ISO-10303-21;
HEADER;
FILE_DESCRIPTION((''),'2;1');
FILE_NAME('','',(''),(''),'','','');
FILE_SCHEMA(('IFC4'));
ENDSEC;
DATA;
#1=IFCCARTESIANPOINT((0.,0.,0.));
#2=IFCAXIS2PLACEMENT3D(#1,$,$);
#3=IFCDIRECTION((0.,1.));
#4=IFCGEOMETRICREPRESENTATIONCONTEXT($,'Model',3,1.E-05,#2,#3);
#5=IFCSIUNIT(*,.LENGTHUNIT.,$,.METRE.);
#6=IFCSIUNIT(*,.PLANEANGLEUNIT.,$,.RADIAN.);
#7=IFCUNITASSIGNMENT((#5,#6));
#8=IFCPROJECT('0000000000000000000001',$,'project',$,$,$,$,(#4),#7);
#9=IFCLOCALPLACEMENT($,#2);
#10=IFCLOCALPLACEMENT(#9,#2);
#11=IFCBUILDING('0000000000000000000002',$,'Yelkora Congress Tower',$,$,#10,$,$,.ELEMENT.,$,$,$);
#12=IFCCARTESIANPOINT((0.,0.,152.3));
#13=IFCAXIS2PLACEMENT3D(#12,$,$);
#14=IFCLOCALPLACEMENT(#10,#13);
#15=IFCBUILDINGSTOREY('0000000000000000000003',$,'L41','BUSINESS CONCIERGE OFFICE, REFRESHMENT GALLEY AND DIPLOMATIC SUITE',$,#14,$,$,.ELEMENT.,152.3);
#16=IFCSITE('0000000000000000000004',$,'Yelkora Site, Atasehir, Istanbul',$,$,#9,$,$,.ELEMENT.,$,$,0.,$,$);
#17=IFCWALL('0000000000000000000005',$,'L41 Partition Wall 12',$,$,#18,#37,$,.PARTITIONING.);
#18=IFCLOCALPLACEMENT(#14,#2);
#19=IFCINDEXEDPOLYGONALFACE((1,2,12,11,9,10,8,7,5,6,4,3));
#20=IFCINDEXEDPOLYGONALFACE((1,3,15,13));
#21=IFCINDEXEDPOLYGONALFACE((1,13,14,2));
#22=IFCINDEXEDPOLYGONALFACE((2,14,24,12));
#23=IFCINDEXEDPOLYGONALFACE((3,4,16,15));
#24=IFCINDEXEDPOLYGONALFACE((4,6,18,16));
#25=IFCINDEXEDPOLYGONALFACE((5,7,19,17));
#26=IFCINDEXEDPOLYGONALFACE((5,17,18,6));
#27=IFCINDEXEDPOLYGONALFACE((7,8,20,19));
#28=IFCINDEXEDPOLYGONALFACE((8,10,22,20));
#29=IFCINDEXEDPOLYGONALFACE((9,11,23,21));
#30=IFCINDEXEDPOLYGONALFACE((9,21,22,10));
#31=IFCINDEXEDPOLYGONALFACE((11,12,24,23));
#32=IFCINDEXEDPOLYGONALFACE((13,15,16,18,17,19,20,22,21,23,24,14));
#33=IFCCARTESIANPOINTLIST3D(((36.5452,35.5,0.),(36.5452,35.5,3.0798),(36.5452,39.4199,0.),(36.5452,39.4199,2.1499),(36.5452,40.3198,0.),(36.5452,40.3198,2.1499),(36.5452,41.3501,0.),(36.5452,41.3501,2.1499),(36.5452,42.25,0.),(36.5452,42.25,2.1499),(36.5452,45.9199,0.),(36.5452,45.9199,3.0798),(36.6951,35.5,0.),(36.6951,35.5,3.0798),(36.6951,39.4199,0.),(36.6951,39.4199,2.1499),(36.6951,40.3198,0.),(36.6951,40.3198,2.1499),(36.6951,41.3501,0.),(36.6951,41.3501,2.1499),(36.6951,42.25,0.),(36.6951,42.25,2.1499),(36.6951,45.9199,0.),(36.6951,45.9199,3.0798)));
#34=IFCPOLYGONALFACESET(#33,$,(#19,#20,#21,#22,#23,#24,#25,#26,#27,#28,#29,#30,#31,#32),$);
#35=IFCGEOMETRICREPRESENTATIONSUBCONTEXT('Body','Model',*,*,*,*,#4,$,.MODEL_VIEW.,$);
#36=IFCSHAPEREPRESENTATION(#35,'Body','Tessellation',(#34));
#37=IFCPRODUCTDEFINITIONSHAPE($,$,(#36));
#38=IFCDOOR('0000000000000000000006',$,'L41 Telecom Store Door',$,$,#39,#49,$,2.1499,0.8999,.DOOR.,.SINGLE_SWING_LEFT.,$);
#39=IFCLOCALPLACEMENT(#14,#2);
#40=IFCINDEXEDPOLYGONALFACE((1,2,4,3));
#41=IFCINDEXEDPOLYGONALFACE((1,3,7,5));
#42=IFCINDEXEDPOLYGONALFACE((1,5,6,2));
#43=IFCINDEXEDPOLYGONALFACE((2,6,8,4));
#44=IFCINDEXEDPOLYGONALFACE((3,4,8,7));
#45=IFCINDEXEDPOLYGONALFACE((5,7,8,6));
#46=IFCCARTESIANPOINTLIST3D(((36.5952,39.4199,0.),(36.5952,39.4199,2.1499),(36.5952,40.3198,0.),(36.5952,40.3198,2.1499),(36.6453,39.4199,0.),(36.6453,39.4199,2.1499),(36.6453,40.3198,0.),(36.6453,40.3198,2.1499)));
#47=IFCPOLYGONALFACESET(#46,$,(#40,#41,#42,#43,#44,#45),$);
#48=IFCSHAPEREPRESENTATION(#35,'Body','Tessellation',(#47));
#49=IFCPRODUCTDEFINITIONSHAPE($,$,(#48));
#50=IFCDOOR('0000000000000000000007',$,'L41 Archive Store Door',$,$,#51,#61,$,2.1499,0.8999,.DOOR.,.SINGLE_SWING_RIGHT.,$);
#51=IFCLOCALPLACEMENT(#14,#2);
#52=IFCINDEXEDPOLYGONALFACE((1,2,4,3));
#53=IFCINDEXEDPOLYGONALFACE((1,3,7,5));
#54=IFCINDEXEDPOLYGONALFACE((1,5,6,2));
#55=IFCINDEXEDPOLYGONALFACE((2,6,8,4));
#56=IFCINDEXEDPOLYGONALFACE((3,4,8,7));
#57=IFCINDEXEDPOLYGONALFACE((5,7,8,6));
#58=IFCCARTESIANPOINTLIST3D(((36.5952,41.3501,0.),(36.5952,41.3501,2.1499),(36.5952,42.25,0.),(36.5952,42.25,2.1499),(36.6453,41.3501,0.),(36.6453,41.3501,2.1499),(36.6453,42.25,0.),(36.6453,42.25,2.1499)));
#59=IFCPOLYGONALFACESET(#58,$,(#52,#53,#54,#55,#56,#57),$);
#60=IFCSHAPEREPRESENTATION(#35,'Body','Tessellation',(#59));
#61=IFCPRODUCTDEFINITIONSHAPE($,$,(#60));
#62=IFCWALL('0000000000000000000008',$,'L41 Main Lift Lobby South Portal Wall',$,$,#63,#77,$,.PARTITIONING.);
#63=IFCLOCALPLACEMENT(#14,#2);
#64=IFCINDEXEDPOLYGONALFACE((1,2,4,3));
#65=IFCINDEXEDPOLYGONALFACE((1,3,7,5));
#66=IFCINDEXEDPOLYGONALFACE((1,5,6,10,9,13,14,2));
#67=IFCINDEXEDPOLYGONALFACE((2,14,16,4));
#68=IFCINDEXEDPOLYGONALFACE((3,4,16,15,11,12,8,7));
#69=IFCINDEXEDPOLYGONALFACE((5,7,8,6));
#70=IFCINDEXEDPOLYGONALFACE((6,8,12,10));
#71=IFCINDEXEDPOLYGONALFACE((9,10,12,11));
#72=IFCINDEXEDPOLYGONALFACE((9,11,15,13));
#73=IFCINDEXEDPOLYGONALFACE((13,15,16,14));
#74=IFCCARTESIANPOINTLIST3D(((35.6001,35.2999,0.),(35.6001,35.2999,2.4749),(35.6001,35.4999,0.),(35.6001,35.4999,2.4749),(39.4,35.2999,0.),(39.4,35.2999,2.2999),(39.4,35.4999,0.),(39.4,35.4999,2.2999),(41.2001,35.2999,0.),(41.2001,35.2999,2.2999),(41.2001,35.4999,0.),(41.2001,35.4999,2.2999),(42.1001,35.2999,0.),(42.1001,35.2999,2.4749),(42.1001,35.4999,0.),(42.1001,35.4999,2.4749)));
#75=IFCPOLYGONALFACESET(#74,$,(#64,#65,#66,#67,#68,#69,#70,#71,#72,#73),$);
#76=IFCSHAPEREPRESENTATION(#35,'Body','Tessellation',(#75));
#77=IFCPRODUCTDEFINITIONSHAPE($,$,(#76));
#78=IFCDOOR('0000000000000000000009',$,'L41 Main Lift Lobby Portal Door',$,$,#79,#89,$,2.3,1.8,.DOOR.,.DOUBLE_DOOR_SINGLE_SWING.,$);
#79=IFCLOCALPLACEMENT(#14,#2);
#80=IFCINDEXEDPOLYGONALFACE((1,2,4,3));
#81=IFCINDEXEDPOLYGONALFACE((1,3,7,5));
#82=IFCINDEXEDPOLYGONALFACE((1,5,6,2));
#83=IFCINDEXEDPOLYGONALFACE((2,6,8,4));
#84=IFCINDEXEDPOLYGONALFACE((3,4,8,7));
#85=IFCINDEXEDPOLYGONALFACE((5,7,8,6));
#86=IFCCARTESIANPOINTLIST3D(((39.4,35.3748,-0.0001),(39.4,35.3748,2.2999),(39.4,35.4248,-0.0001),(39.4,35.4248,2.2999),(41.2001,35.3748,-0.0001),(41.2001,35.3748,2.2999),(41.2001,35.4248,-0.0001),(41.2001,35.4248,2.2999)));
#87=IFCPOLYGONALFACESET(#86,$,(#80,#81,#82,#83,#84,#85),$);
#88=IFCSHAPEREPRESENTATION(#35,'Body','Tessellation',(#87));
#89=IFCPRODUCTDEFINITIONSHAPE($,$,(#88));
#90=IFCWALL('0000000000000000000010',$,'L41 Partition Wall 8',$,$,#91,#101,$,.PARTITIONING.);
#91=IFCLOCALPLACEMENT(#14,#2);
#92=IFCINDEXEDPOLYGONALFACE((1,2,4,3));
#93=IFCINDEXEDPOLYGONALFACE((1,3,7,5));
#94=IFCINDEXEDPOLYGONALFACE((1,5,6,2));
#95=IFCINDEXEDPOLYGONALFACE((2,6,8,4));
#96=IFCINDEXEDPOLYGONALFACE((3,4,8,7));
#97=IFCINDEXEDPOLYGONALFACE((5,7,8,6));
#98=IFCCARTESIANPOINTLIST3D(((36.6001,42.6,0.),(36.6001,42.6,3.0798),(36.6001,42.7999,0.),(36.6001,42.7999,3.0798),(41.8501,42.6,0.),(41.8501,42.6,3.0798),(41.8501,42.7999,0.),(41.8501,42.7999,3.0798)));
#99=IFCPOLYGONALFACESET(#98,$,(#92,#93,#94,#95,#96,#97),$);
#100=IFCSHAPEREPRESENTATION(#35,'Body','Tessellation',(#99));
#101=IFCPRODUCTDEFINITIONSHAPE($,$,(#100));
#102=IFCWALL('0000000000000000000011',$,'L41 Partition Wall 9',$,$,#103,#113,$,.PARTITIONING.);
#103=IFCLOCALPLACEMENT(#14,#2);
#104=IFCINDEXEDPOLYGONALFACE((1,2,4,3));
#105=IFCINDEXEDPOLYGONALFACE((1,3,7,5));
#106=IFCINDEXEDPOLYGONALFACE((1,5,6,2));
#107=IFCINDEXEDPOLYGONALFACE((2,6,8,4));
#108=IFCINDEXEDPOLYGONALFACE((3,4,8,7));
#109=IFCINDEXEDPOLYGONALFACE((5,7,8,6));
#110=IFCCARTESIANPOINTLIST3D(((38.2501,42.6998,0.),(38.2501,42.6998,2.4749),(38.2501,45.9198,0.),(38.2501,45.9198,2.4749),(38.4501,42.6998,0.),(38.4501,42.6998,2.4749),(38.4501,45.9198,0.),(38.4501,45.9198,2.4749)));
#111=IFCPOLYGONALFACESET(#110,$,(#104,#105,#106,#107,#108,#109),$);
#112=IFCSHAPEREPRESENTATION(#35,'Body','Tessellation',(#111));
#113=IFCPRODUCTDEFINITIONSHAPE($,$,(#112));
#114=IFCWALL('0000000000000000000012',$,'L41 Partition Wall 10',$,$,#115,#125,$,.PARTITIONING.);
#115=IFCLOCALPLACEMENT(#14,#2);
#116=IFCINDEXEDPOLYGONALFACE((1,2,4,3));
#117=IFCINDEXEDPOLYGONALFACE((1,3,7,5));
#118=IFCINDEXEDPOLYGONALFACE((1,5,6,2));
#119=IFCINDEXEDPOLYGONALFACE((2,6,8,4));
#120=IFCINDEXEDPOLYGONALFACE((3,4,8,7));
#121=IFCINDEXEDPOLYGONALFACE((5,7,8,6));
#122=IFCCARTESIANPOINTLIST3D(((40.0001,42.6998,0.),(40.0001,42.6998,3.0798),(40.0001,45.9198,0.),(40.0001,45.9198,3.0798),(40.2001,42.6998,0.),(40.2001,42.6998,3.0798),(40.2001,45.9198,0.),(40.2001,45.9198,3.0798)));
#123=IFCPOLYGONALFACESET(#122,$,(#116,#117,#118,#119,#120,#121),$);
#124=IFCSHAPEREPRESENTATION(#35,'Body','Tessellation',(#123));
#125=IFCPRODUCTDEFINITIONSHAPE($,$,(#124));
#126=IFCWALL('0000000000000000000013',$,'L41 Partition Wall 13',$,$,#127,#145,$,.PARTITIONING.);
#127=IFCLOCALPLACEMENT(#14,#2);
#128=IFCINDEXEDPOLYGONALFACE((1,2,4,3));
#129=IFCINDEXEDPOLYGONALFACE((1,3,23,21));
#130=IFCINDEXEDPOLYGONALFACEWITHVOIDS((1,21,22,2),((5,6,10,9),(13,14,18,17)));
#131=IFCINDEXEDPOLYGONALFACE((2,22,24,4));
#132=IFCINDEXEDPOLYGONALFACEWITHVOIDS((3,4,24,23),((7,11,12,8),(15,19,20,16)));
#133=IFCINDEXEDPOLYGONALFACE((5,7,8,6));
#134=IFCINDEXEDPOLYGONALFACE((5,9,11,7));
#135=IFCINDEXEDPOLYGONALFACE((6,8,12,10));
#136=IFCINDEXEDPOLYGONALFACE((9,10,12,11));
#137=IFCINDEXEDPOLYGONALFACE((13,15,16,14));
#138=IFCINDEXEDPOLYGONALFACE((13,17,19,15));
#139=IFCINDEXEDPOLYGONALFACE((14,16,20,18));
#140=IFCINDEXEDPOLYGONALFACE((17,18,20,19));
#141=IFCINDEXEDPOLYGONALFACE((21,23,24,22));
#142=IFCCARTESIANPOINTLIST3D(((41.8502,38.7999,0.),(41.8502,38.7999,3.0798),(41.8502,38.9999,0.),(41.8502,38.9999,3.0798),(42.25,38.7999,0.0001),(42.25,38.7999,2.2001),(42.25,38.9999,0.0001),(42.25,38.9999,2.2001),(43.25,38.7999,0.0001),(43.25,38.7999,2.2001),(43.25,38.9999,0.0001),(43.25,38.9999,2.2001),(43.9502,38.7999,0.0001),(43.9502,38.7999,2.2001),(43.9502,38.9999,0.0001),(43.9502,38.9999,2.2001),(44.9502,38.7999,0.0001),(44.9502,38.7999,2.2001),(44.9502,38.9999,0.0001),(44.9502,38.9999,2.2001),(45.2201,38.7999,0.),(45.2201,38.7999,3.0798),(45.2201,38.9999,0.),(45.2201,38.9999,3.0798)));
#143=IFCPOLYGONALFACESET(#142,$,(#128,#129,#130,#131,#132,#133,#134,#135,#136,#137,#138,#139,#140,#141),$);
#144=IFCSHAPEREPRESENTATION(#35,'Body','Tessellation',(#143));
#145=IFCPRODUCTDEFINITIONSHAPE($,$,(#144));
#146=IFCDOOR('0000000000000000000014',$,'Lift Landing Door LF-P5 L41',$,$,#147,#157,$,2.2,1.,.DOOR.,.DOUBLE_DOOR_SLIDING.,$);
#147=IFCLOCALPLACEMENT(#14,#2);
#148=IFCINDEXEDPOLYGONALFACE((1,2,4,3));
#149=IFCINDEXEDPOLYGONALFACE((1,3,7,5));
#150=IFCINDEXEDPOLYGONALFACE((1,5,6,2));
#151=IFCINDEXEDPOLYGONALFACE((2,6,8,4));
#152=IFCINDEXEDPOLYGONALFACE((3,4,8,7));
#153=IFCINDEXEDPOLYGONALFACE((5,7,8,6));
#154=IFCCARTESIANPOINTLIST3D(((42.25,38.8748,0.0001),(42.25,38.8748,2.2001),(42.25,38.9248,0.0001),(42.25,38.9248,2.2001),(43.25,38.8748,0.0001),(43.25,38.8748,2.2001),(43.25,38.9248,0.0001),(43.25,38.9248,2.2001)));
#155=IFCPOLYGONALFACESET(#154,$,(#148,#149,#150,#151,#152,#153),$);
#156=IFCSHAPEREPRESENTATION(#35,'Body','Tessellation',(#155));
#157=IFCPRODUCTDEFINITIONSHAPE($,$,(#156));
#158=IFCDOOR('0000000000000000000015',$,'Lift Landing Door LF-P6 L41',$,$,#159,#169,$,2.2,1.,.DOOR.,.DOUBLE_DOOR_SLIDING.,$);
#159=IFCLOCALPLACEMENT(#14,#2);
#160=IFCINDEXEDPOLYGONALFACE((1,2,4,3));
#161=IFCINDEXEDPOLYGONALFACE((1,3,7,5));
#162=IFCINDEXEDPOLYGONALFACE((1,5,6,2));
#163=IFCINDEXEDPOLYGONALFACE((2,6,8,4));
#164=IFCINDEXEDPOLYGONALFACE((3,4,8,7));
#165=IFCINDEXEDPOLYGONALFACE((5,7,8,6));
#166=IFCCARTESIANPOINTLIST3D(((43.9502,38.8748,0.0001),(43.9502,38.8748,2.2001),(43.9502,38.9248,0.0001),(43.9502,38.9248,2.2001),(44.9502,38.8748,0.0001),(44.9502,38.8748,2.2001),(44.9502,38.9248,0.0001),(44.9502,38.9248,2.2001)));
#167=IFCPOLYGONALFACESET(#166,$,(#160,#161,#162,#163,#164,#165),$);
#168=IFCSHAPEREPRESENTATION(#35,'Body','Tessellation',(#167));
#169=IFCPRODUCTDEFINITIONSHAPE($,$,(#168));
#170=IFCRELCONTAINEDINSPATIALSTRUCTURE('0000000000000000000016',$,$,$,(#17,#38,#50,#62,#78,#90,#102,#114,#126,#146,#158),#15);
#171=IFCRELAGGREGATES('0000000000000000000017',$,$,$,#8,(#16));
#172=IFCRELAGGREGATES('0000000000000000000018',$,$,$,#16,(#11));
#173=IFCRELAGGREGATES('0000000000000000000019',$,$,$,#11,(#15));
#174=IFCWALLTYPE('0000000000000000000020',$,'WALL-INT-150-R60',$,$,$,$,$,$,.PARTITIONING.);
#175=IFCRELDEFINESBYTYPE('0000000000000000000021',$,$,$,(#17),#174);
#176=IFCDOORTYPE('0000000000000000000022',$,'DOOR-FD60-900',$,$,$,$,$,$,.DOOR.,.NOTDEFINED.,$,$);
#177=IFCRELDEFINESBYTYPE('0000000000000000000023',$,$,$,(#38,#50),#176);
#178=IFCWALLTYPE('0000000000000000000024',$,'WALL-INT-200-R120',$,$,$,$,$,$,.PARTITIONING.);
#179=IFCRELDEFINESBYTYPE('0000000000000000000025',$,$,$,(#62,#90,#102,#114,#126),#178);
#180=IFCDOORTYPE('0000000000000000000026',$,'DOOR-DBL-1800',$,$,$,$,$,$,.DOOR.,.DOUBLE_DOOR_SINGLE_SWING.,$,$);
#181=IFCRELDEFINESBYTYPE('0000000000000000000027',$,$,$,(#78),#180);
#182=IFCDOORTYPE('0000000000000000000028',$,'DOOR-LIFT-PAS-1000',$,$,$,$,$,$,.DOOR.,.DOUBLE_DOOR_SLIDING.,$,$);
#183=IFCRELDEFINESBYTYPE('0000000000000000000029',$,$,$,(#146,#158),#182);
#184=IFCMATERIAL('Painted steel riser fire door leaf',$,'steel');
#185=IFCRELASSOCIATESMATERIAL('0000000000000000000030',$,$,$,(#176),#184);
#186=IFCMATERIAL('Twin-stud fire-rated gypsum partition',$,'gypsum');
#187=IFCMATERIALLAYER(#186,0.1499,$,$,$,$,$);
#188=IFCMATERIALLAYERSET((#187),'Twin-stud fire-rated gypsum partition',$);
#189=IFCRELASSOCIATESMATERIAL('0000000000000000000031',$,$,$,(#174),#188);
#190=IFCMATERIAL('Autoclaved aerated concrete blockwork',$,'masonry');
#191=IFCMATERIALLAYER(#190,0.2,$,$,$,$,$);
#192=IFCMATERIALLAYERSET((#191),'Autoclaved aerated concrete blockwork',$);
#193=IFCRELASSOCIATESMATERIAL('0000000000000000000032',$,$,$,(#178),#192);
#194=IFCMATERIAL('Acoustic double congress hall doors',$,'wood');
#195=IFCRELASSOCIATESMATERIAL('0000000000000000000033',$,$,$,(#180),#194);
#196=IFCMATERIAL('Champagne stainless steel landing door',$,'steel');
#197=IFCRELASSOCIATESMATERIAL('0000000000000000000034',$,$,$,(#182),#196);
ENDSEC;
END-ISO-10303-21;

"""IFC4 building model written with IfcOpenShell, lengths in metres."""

from ifc_helpers import new_model, si_unit, direction, frame, frame_2d, origin, place, context, subcontext, project, spatial, rectangle, extrude, material, layer, layer_set, type_object, element, fill, save


model = new_model("IFC4")

# Units and contexts
model_context = context("Model", 3, precision=1e-05, world=origin(), true_north=direction((0.0, 1.0)))
body_context = subcontext(model_context, "Body", "Model", "MODEL_VIEW")
ifc_project = project(units=[si_unit("LENGTHUNIT", "METRE"), si_unit("PLANEANGLEUNIT", "RADIAN")], contexts=[model_context])

# Site, building, storey
site_placement = place(None, origin())
site = spatial("IfcSite", under=ifc_project, at=site_placement, Name="Yelkora Site, Atasehir, Istanbul", CompositionType="ELEMENT", RefElevation=0.0)
building_placement = place(site_placement, origin())
building = spatial("IfcBuilding", under=site, at=building_placement, Name="Yelkora Congress Tower", CompositionType="ELEMENT")
storey_placement = place(building_placement, frame((0.0, 0.0, 152.3)))
storey = spatial("IfcBuildingStorey", under=building, at=storey_placement, Name="L41", Description="BUSINESS CONCIERGE OFFICE, REFRESHMENT GALLEY AND DIPLOMATIC SUITE", CompositionType="ELEMENT", Elevation=152.3)

# Shared definitions
ifc_material_1 = material(Name="Painted steel riser fire door leaf", Category="steel")
door_type_1 = type_object("IfcDoorType", Name="DOOR-FD60-900", OperationType="NOTDEFINED", PredefinedType="DOOR", material=ifc_material_1)

# Shared definitions
ifc_material_2 = material(Name="Twin-stud fire-rated gypsum partition", Category="gypsum")
ifc_layer_1 = layer(ifc_material_2, 0.1499)
ifc_layer_set_1 = layer_set([ifc_layer_1], Name="Twin-stud fire-rated gypsum partition")
wall_type_1 = type_object("IfcWallType", Name="WALL-INT-150-R60", PredefinedType="PARTITIONING", material=ifc_layer_set_1)

# Wall, openings, doors
wall_1_placement = place(storey_placement, frame((36.6201, 35.5, 0.0), z_axis=(0.0, 0.0, 1.0), x_axis=(0.0, 1.0, 0.0)))
wall_1 = element("IfcWall", 1, at=wall_1_placement, inside=storey, type_object=wall_type_1, Name="L41 Partition Wall 12", PredefinedType="PARTITIONING", context=body_context, shape_type="SweptSolid", body=[
    extrude(rectangle(XDim=10.4199, YDim=0.1499, at=frame_2d((5.21, 0.0))), origin(), (0.0, 0.0, 1.0), 3.0798),
])
opening_1_placement = place(wall_1_placement, frame((3.9199, 0.0, 0.0)))
opening_1 = element("IfcOpeningElement", 2, at=opening_1_placement, cuts=wall_1, PredefinedType="OPENING", context=body_context, shape_type="SweptSolid", body=[
    extrude(rectangle(XDim=0.8999, YDim=2.1499, at=frame_2d((0.45, 1.075))), frame((0.0, 0.085, 0.0), z_axis=(0.0, -1.0, 0.0), x_axis=(1.0, 0.0, 0.0)), (0.0, 0.0, 1.0), 0.1699),
])
opening_2_placement = place(wall_1_placement, frame((5.8501, 0.0, 0.0)))
opening_2 = element("IfcOpeningElement", 3, at=opening_2_placement, cuts=wall_1, PredefinedType="OPENING", context=body_context, shape_type="SweptSolid", body=[
    extrude(rectangle(XDim=0.8999, YDim=2.1499, at=frame_2d((0.45, 1.075))), frame((0.0, 0.085, 0.0), z_axis=(0.0, -1.0, 0.0), x_axis=(1.0, 0.0, 0.0)), (0.0, 0.0, 1.0), 0.1699),
])
door_1_placement = place(opening_1_placement, origin())
door_1 = element("IfcDoor", 4, at=door_1_placement, inside=storey, type_object=door_type_1, Name="L41 Telecom Store Door", OperationType="SINGLE_SWING_LEFT", OverallHeight=2.1499, OverallWidth=0.8999, PredefinedType="DOOR", context=body_context, shape_type="SweptSolid", body=[
    extrude(rectangle(XDim=0.8999, YDim=2.1499, at=frame_2d((0.45, 1.075))), frame((0.0, 0.0249, 0.0), z_axis=(0.0, -1.0, 0.0), x_axis=(1.0, 0.0, 0.0)), (0.0, 0.0, 1.0), 0.05),
])
fill(opening_1, door_1)
door_2_placement = place(opening_2_placement, origin())
door_2 = element("IfcDoor", 5, at=door_2_placement, inside=storey, type_object=door_type_1, Name="L41 Archive Store Door", OperationType="SINGLE_SWING_RIGHT", OverallHeight=2.1499, OverallWidth=0.8999, PredefinedType="DOOR", context=body_context, shape_type="SweptSolid", body=[
    extrude(rectangle(XDim=0.8999, YDim=2.1499, at=frame_2d((0.45, 1.075))), frame((0.0, 0.0249, 0.0), z_axis=(0.0, -1.0, 0.0), x_axis=(1.0, 0.0, 0.0)), (0.0, 0.0, 1.0), 0.05),
])
fill(opening_2, door_2)

# Wall, opening, door
ifc_material_3 = material(Name="Autoclaved aerated concrete blockwork", Category="masonry")
ifc_layer_2 = layer(ifc_material_3, 0.2)
ifc_layer_set_2 = layer_set([ifc_layer_2], Name="Autoclaved aerated concrete blockwork")
wall_type_2 = type_object("IfcWallType", Name="WALL-INT-200-R120", PredefinedType="PARTITIONING", material=ifc_layer_set_2)
wall_2_placement = place(storey_placement, frame((35.6001, 35.3999, 0.0), z_axis=(0.0, 0.0, 1.0), x_axis=(1.0, 0.0, 0.0)))
wall_2 = element("IfcWall", 6, at=wall_2_placement, inside=storey, type_object=wall_type_2, Name="L41 Main Lift Lobby South Portal Wall", PredefinedType="PARTITIONING", context=body_context, shape_type="SweptSolid", body=[
    extrude(rectangle(XDim=6.5, YDim=0.2, at=frame_2d((3.25, 0.0))), origin(), (0.0, 0.0, 1.0), 2.4749),
])
opening_3_placement = place(wall_2_placement, frame((3.8, 0.0, 0.0)))
opening_3 = element("IfcOpeningElement", 7, at=opening_3_placement, cuts=wall_2, PredefinedType="OPENING", context=body_context, shape_type="SweptSolid", body=[
    extrude(rectangle(XDim=1.8, YDim=2.3, at=frame_2d((0.8999, 1.1499))), frame((0.0, 0.1099, 0.0), z_axis=(0.0, -1.0, 0.0), x_axis=(1.0, 0.0, 0.0)), (0.0, 0.0, 1.0), 0.22),
])
ifc_material_4 = material(Name="Acoustic double congress hall doors", Category="wood")
door_type_2 = type_object("IfcDoorType", Name="DOOR-DBL-1800", OperationType="DOUBLE_DOOR_SINGLE_SWING", PredefinedType="DOOR", material=ifc_material_4)
door_3_placement = place(opening_3_placement, origin())
door_3 = element("IfcDoor", 8, at=door_3_placement, inside=storey, type_object=door_type_2, Name="L41 Main Lift Lobby Portal Door", OperationType="DOUBLE_DOOR_SINGLE_SWING", OverallHeight=2.3, OverallWidth=1.8, PredefinedType="DOOR", context=body_context, shape_type="SweptSolid", body=[
    extrude(rectangle(XDim=1.8, YDim=2.3, at=frame_2d((0.8999, 1.1499))), frame((0.0, 0.0249, 0.0), z_axis=(0.0, -1.0, 0.0), x_axis=(1.0, 0.0, 0.0)), (0.0, 0.0, 1.0), 0.05),
])
fill(opening_3, door_3)

# Walls
wall_3_placement = place(storey_placement, frame((36.6001, 42.7, 0.0), z_axis=(0.0, 0.0, 1.0), x_axis=(1.0, 0.0, 0.0)))
element("IfcWall", 9, at=wall_3_placement, inside=storey, type_object=wall_type_2, Name="L41 Partition Wall 8", PredefinedType="PARTITIONING", context=body_context, shape_type="SweptSolid", body=[
    extrude(rectangle(XDim=5.25, YDim=0.2, at=frame_2d((2.625, 0.0))), origin(), (0.0, 0.0, 1.0), 3.0798),
])
wall_4_placement = place(storey_placement, frame((38.3501, 42.7, 0.0), z_axis=(0.0, 0.0, 1.0), x_axis=(0.0, 1.0, 0.0)))
element("IfcWall", 10, at=wall_4_placement, inside=storey, type_object=wall_type_2, Name="L41 Partition Wall 9", PredefinedType="PARTITIONING", context=body_context, shape_type="SweptSolid", body=[
    extrude(rectangle(XDim=3.22, YDim=0.2, at=frame_2d((1.6099, 0.0))), origin(), (0.0, 0.0, 1.0), 2.4749),
])
wall_5_placement = place(storey_placement, frame((40.1001, 42.7, 0.0), z_axis=(0.0, 0.0, 1.0), x_axis=(0.0, 1.0, 0.0)))
element("IfcWall", 11, at=wall_5_placement, inside=storey, type_object=wall_type_2, Name="L41 Partition Wall 10", PredefinedType="PARTITIONING", context=body_context, shape_type="SweptSolid", body=[
    extrude(rectangle(XDim=3.22, YDim=0.2, at=frame_2d((1.6099, 0.0))), origin(), (0.0, 0.0, 1.0), 3.0798),
])

# Wall, openings, doors
wall_6_placement = place(storey_placement, frame((41.8501, 38.8999, 0.0), z_axis=(0.0, 0.0, 1.0), x_axis=(1.0, 0.0, 0.0)))
wall_6 = element("IfcWall", 12, at=wall_6_placement, inside=storey, type_object=wall_type_2, Name="L41 Partition Wall 13", PredefinedType="PARTITIONING", context=body_context, shape_type="SweptSolid", body=[
    extrude(rectangle(XDim=3.3699, YDim=0.2, at=frame_2d((1.6851, 0.0))), origin(), (0.0, 0.0, 1.0), 3.0798),
])
opening_4_placement = place(wall_6_placement, frame((0.3999, 0.0, 0.0)))
opening_4 = element("IfcOpeningElement", 13, at=opening_4_placement, cuts=wall_6, PredefinedType="OPENING", context=body_context, shape_type="SweptSolid", body=[
    extrude(rectangle(XDim=1.0, YDim=2.2, at=frame_2d((0.5, 1.1001))), frame((0.0, 0.1099, 0.0), z_axis=(0.0, -1.0, 0.0), x_axis=(1.0, 0.0, 0.0)), (0.0, 0.0, 1.0), 0.22),
])
opening_5_placement = place(wall_6_placement, frame((2.1001, 0.0, 0.0)))
opening_5 = element("IfcOpeningElement", 14, at=opening_5_placement, cuts=wall_6, PredefinedType="OPENING", context=body_context, shape_type="SweptSolid", body=[
    extrude(rectangle(XDim=1.0, YDim=2.2, at=frame_2d((0.5, 1.1001))), frame((0.0, 0.1099, 0.0), z_axis=(0.0, -1.0, 0.0), x_axis=(1.0, 0.0, 0.0)), (0.0, 0.0, 1.0), 0.22),
])
ifc_material_5 = material(Name="Champagne stainless steel landing door", Category="steel")
door_type_3 = type_object("IfcDoorType", Name="DOOR-LIFT-PAS-1000", OperationType="DOUBLE_DOOR_SLIDING", PredefinedType="DOOR", material=ifc_material_5)
door_4_placement = place(opening_4_placement, origin())
door_4 = element("IfcDoor", 15, at=door_4_placement, inside=storey, type_object=door_type_3, Name="Lift Landing Door LF-P5 L41", OperationType="DOUBLE_DOOR_SLIDING", OverallHeight=2.2, OverallWidth=1.0, PredefinedType="DOOR", context=body_context, shape_type="SweptSolid", body=[
    extrude(rectangle(XDim=1.0, YDim=2.2, at=frame_2d((0.5, 1.1001))), frame((0.0, 0.0249, 0.0), z_axis=(0.0, -1.0, 0.0), x_axis=(1.0, 0.0, 0.0)), (0.0, 0.0, 1.0), 0.05),
])
fill(opening_4, door_4)
door_5_placement = place(opening_5_placement, origin())
door_5 = element("IfcDoor", 16, at=door_5_placement, inside=storey, type_object=door_type_3, Name="Lift Landing Door LF-P6 L41", OperationType="DOUBLE_DOOR_SLIDING", OverallHeight=2.2, OverallWidth=1.0, PredefinedType="DOOR", context=body_context, shape_type="SweptSolid", body=[
    extrude(rectangle(XDim=1.0, YDim=2.2, at=frame_2d((0.5, 1.1001))), frame((0.0, 0.0249, 0.0), z_axis=(0.0, -1.0, 0.0), x_axis=(1.0, 0.0, 0.0)), (0.0, 0.0, 1.0), 0.05),
])
fill(opening_5, door_5)

save(model, "model.ifc")
